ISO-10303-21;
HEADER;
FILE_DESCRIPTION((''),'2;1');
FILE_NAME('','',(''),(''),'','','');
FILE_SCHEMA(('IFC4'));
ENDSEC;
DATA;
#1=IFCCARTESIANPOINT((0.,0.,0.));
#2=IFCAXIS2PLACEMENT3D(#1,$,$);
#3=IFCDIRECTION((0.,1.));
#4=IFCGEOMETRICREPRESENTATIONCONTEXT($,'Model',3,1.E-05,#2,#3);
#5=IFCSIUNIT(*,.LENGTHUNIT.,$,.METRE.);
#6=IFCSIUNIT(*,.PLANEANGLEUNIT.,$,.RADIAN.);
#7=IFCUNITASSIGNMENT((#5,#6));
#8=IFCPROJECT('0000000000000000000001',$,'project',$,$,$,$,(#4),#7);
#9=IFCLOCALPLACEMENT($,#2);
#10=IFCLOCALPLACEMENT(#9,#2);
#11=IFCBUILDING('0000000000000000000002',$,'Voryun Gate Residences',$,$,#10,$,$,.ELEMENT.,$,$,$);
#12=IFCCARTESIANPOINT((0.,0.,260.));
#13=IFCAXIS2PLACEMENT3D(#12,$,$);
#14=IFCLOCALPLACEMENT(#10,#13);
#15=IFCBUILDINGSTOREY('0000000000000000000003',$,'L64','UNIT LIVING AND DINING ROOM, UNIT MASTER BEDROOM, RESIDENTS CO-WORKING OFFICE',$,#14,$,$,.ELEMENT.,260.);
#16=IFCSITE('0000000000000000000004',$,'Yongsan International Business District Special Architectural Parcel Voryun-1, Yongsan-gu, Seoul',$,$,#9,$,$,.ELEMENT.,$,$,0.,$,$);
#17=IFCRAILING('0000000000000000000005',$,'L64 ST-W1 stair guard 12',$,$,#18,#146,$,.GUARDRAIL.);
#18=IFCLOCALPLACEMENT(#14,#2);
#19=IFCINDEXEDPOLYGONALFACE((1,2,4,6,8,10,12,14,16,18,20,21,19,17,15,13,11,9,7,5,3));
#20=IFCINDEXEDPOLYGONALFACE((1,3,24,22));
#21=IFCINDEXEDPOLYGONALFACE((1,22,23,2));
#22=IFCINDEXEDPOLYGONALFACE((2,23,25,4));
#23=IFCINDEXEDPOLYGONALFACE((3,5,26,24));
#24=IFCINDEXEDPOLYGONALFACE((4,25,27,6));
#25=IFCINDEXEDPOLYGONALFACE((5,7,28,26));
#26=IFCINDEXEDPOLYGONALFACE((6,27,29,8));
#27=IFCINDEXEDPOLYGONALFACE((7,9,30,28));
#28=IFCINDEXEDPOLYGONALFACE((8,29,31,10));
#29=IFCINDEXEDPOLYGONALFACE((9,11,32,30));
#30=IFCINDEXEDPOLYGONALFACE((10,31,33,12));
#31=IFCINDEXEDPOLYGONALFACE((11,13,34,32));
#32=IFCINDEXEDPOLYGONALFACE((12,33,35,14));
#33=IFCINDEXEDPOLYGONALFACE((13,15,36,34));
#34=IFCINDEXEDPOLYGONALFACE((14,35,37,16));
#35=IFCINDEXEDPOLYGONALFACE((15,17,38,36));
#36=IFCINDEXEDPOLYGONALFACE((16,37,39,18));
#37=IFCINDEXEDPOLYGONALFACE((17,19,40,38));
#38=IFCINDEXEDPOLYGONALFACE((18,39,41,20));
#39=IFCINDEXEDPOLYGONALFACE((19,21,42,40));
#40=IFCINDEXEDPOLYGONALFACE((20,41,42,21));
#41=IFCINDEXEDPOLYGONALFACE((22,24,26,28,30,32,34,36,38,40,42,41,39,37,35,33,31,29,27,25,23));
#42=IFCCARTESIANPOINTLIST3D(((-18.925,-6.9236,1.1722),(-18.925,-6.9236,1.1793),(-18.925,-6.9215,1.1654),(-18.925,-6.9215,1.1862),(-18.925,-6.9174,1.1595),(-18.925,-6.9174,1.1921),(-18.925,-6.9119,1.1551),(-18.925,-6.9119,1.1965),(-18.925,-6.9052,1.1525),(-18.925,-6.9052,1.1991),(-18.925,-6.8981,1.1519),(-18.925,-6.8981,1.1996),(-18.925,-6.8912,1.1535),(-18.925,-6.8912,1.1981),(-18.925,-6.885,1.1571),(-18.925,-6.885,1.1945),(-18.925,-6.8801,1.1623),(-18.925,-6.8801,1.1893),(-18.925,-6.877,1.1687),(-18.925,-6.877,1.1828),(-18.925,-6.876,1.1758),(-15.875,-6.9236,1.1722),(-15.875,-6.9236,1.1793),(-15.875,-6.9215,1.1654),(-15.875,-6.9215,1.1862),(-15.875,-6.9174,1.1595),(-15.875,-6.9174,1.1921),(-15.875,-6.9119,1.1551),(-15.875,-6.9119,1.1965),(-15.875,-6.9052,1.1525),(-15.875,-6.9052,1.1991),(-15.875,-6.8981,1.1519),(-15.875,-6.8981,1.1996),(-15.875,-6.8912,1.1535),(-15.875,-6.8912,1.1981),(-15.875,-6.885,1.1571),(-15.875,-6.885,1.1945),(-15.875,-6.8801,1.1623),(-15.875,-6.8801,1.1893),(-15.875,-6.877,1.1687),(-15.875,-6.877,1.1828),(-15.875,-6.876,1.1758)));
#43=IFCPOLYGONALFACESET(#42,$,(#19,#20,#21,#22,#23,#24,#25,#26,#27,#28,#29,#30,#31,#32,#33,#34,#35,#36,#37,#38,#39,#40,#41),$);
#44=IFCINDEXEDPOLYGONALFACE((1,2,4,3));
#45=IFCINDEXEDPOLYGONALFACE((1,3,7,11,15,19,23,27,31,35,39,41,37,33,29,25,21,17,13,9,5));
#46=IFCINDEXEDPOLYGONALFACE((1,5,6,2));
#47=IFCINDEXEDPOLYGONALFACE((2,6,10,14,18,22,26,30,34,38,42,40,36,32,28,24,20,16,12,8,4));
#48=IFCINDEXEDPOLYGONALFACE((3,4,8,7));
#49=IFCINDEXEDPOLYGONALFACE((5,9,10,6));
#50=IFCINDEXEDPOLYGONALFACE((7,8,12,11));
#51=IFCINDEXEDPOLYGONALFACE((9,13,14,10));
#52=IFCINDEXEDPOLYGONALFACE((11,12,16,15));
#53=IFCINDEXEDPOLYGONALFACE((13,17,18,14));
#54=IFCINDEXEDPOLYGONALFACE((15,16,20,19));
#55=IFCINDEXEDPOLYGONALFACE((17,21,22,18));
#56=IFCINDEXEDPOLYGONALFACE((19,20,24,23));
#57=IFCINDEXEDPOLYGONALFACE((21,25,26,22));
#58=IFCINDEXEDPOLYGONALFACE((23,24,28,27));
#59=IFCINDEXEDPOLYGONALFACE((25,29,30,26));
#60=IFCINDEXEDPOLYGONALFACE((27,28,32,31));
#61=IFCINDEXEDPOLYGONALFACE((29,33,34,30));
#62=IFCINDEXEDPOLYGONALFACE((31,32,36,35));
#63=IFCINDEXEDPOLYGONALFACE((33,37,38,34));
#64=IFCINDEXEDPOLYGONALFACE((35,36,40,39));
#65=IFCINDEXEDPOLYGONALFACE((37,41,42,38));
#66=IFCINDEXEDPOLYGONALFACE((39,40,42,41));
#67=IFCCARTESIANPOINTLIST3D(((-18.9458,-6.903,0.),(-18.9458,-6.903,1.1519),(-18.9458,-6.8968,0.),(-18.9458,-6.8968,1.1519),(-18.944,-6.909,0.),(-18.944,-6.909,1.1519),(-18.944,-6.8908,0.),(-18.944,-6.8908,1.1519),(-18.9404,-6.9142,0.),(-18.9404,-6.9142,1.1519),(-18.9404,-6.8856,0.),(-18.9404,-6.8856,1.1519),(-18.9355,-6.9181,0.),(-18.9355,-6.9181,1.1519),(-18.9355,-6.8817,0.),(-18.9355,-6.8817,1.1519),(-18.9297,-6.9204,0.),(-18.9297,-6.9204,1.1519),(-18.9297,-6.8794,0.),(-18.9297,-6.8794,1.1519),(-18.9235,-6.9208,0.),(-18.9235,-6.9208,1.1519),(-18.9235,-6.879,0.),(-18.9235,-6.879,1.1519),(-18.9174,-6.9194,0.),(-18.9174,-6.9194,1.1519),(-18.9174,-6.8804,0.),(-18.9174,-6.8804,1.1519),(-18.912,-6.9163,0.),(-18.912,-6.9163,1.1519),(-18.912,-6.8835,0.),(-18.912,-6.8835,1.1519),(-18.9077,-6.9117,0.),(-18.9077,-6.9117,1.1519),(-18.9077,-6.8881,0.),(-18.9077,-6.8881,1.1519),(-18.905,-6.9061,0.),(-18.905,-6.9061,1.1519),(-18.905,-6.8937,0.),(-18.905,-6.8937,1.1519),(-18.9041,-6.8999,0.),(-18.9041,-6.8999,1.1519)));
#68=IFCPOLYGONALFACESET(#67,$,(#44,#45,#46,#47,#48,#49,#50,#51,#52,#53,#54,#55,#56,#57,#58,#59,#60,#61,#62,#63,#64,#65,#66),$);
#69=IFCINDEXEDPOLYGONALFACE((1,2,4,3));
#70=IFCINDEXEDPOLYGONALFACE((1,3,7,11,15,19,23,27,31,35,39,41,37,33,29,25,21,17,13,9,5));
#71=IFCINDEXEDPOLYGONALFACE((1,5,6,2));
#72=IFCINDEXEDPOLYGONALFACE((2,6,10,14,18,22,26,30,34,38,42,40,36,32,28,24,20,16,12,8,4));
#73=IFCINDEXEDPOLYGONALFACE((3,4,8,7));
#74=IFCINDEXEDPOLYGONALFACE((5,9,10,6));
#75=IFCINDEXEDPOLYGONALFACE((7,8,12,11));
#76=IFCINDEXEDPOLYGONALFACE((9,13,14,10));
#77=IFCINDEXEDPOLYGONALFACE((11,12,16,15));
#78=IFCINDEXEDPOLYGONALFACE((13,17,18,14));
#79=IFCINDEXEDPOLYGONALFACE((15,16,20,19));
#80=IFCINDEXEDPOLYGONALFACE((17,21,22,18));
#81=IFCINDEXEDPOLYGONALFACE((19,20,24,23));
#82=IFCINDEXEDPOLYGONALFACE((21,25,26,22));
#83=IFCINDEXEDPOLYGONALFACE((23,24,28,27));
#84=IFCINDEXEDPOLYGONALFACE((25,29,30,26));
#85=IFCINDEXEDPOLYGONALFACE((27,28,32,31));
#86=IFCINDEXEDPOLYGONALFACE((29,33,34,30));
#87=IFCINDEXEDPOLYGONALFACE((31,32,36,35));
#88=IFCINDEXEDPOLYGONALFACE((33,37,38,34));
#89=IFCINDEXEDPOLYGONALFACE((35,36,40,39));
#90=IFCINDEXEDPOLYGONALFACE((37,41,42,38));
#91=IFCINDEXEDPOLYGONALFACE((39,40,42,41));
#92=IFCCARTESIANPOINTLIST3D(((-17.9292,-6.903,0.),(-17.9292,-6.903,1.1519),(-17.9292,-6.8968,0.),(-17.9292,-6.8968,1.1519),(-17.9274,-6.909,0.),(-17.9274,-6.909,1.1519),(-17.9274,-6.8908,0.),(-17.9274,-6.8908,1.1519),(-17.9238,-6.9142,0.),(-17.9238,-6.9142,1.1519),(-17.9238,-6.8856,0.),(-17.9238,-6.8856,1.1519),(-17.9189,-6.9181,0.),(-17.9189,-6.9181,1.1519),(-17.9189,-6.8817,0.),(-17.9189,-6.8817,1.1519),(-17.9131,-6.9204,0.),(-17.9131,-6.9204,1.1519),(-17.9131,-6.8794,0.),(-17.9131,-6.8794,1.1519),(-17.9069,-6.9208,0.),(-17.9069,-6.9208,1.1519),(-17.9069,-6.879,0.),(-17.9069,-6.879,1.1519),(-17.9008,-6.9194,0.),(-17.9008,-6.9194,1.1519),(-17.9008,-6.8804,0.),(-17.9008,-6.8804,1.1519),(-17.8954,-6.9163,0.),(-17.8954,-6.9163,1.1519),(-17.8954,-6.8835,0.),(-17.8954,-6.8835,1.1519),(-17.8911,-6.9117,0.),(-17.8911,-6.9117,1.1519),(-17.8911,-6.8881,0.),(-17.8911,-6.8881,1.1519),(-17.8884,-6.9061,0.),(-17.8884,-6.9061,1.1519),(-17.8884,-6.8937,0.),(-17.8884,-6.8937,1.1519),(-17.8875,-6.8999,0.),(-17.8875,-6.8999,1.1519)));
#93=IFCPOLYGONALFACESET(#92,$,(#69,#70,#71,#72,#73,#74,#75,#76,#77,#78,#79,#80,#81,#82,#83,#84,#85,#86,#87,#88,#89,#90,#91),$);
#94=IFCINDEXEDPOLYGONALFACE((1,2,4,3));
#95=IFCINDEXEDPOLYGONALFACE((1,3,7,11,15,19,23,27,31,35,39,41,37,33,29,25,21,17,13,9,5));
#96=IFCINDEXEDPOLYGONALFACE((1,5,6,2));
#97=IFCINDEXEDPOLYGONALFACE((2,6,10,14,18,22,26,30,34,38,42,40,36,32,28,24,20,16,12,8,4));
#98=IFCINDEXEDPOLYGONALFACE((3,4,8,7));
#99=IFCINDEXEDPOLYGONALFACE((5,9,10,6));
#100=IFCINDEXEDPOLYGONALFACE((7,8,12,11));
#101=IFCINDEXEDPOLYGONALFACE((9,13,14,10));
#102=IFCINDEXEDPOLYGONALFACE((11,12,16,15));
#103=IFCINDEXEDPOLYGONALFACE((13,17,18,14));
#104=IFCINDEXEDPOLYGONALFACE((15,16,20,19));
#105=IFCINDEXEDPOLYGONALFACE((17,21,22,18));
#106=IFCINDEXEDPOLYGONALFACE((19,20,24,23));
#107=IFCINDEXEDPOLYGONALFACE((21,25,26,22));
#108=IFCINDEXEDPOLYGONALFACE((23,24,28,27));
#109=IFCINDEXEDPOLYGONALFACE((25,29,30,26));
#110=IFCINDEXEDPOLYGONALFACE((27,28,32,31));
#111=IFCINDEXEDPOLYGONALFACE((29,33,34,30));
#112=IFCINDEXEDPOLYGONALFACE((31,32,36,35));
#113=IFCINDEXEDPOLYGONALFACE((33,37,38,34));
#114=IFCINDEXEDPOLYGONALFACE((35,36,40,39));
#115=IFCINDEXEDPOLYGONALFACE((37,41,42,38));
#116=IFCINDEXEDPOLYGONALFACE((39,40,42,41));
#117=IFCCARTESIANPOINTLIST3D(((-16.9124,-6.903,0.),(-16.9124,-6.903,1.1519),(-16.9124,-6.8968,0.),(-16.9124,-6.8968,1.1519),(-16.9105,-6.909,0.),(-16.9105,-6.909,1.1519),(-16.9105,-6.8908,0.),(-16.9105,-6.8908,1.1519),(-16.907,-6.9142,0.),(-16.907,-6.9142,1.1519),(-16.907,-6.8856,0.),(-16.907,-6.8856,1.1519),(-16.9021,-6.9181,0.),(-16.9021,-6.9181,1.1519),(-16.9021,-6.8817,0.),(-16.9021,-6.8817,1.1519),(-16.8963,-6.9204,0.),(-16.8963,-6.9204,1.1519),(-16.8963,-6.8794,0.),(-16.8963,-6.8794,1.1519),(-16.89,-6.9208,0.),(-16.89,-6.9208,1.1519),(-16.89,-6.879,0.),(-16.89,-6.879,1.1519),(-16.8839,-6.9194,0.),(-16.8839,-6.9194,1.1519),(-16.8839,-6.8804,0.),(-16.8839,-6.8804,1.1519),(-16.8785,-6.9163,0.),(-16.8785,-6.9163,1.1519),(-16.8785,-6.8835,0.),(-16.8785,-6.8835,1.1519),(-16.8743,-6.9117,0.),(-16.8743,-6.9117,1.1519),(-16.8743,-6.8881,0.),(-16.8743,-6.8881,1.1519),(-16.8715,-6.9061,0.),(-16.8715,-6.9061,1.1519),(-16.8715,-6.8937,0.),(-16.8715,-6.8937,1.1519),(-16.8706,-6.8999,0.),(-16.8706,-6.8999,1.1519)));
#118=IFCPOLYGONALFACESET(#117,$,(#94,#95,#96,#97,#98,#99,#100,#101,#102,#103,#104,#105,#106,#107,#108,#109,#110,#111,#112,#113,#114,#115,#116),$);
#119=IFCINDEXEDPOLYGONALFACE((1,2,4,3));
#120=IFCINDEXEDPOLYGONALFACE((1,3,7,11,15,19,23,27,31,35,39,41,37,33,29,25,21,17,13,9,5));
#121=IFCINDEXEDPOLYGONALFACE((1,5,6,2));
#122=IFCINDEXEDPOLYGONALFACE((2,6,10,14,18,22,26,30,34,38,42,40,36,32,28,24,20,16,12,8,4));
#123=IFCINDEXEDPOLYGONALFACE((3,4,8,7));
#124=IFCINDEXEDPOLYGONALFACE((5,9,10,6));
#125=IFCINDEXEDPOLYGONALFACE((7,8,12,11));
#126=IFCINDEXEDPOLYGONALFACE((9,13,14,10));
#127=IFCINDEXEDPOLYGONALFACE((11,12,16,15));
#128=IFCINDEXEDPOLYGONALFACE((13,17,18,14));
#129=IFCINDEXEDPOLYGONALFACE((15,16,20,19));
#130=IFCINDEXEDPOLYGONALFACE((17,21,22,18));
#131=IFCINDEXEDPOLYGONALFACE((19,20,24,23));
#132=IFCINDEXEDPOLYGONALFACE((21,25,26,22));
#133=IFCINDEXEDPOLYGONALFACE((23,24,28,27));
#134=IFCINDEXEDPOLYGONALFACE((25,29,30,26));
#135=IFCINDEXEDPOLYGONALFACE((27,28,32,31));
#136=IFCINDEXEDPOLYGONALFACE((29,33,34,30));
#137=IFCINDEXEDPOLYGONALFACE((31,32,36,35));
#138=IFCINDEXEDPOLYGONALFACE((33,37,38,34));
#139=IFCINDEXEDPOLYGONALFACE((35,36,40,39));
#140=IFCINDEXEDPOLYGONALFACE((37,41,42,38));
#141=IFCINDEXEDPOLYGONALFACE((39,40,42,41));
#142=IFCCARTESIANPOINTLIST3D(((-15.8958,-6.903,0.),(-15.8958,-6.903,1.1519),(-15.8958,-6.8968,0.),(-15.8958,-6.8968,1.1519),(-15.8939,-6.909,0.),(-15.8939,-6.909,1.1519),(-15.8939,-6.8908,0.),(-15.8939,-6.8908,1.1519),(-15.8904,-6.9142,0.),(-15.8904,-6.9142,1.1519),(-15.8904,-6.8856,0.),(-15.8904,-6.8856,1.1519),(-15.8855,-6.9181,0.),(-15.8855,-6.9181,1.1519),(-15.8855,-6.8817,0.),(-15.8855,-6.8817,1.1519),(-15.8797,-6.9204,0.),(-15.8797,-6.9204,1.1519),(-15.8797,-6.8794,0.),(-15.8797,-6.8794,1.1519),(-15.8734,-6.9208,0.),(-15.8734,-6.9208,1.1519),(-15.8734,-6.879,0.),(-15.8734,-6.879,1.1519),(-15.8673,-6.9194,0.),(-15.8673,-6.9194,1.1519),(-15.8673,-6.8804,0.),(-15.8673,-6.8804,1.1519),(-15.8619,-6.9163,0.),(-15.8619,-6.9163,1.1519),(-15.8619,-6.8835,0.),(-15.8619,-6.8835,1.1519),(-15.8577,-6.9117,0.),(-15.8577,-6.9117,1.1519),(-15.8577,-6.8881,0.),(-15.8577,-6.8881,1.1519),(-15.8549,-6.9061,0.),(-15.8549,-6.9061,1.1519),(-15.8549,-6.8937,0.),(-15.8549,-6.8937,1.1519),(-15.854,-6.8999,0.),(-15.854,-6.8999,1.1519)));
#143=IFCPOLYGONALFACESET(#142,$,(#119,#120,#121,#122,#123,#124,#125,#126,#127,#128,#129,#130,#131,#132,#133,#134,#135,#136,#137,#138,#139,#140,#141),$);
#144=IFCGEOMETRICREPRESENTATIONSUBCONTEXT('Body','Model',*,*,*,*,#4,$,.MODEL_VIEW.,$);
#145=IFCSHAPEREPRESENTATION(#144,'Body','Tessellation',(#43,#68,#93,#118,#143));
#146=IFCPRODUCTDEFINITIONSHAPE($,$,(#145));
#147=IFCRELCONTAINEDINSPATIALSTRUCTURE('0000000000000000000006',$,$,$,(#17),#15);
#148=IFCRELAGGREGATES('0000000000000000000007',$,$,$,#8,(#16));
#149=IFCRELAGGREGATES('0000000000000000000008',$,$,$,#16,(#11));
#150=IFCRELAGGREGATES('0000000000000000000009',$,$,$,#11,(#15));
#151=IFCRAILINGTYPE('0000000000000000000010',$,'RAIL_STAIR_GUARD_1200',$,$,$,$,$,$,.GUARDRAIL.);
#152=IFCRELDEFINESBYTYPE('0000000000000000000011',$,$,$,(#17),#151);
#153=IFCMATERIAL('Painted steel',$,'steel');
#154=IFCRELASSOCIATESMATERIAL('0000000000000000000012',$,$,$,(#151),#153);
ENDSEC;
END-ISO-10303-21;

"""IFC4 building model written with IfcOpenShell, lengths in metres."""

from ifc_helpers import new_model, si_unit, direction, frame, origin, origin_2d, place, context, subcontext, project, spatial, circle, extrude, material, type_object, element, save


model = new_model("IFC4")

# Units and contexts
model_context = context("Model", 3, precision=1e-05, world=origin(), true_north=direction((0.0, 1.0)))
body_context = subcontext(model_context, "Body", "Model", "MODEL_VIEW")
ifc_project = project(units=[si_unit("LENGTHUNIT", "METRE"), si_unit("PLANEANGLEUNIT", "RADIAN")], contexts=[model_context])

# Site, building, storey
site_placement = place(None, origin())
site = spatial("IfcSite", under=ifc_project, at=site_placement, Name="Yongsan International Business District Special Architectural Parcel Voryun-1, Yongsan-gu, Seoul", CompositionType="ELEMENT", RefElevation=0.0)
building_placement = place(site_placement, origin())
building = spatial("IfcBuilding", under=site, at=building_placement, Name="Voryun Gate Residences", CompositionType="ELEMENT")
storey_placement = place(building_placement, frame((0.0, 0.0, 260.0)))
storey = spatial("IfcBuildingStorey", under=building, at=storey_placement, Name="L64", Description="UNIT LIVING AND DINING ROOM, UNIT MASTER BEDROOM, RESIDENTS CO-WORKING OFFICE", CompositionType="ELEMENT", Elevation=260.0)

# Railing
ifc_material_1 = material(Name="Painted steel", Category="steel")
railing_type_1 = type_object("IfcRailingType", Name="RAIL_STAIR_GUARD_1200", PredefinedType="GUARDRAIL", material=ifc_material_1)
railing_1_placement = place(storey_placement, frame((-18.925, -6.8999, 0.0)))
element("IfcRailing", 1, at=railing_1_placement, inside=storey, type_object=railing_type_1, Name="L64 ST-W1 stair guard 12", PredefinedType="GUARDRAIL", context=body_context, shape_type="SweptSolid", body=[
    extrude(circle(Radius=0.0239, at=origin_2d()), frame((0.0, 0.0, 1.1758), z_axis=(1.0, 0.0, 0.0), x_axis=(0.0, 1.0, 0.0)), (0.0, 0.0, 1.0), 3.05),
    extrude(circle(Radius=0.021, at=origin_2d()), origin(), (0.0, 0.0, 1.0), 1.1519),
    extrude(circle(Radius=0.021, at=origin_2d()), frame((1.0166, 0.0, 0.0)), (0.0, 0.0, 1.0), 1.1519),
    extrude(circle(Radius=0.021, at=origin_2d()), frame((2.0334, 0.0, 0.0)), (0.0, 0.0, 1.0), 1.1519),
    extrude(circle(Radius=0.021, at=origin_2d()), frame((3.05, 0.0, 0.0)), (0.0, 0.0, 1.0), 1.1519),
])

save(model, "model.ifc")
